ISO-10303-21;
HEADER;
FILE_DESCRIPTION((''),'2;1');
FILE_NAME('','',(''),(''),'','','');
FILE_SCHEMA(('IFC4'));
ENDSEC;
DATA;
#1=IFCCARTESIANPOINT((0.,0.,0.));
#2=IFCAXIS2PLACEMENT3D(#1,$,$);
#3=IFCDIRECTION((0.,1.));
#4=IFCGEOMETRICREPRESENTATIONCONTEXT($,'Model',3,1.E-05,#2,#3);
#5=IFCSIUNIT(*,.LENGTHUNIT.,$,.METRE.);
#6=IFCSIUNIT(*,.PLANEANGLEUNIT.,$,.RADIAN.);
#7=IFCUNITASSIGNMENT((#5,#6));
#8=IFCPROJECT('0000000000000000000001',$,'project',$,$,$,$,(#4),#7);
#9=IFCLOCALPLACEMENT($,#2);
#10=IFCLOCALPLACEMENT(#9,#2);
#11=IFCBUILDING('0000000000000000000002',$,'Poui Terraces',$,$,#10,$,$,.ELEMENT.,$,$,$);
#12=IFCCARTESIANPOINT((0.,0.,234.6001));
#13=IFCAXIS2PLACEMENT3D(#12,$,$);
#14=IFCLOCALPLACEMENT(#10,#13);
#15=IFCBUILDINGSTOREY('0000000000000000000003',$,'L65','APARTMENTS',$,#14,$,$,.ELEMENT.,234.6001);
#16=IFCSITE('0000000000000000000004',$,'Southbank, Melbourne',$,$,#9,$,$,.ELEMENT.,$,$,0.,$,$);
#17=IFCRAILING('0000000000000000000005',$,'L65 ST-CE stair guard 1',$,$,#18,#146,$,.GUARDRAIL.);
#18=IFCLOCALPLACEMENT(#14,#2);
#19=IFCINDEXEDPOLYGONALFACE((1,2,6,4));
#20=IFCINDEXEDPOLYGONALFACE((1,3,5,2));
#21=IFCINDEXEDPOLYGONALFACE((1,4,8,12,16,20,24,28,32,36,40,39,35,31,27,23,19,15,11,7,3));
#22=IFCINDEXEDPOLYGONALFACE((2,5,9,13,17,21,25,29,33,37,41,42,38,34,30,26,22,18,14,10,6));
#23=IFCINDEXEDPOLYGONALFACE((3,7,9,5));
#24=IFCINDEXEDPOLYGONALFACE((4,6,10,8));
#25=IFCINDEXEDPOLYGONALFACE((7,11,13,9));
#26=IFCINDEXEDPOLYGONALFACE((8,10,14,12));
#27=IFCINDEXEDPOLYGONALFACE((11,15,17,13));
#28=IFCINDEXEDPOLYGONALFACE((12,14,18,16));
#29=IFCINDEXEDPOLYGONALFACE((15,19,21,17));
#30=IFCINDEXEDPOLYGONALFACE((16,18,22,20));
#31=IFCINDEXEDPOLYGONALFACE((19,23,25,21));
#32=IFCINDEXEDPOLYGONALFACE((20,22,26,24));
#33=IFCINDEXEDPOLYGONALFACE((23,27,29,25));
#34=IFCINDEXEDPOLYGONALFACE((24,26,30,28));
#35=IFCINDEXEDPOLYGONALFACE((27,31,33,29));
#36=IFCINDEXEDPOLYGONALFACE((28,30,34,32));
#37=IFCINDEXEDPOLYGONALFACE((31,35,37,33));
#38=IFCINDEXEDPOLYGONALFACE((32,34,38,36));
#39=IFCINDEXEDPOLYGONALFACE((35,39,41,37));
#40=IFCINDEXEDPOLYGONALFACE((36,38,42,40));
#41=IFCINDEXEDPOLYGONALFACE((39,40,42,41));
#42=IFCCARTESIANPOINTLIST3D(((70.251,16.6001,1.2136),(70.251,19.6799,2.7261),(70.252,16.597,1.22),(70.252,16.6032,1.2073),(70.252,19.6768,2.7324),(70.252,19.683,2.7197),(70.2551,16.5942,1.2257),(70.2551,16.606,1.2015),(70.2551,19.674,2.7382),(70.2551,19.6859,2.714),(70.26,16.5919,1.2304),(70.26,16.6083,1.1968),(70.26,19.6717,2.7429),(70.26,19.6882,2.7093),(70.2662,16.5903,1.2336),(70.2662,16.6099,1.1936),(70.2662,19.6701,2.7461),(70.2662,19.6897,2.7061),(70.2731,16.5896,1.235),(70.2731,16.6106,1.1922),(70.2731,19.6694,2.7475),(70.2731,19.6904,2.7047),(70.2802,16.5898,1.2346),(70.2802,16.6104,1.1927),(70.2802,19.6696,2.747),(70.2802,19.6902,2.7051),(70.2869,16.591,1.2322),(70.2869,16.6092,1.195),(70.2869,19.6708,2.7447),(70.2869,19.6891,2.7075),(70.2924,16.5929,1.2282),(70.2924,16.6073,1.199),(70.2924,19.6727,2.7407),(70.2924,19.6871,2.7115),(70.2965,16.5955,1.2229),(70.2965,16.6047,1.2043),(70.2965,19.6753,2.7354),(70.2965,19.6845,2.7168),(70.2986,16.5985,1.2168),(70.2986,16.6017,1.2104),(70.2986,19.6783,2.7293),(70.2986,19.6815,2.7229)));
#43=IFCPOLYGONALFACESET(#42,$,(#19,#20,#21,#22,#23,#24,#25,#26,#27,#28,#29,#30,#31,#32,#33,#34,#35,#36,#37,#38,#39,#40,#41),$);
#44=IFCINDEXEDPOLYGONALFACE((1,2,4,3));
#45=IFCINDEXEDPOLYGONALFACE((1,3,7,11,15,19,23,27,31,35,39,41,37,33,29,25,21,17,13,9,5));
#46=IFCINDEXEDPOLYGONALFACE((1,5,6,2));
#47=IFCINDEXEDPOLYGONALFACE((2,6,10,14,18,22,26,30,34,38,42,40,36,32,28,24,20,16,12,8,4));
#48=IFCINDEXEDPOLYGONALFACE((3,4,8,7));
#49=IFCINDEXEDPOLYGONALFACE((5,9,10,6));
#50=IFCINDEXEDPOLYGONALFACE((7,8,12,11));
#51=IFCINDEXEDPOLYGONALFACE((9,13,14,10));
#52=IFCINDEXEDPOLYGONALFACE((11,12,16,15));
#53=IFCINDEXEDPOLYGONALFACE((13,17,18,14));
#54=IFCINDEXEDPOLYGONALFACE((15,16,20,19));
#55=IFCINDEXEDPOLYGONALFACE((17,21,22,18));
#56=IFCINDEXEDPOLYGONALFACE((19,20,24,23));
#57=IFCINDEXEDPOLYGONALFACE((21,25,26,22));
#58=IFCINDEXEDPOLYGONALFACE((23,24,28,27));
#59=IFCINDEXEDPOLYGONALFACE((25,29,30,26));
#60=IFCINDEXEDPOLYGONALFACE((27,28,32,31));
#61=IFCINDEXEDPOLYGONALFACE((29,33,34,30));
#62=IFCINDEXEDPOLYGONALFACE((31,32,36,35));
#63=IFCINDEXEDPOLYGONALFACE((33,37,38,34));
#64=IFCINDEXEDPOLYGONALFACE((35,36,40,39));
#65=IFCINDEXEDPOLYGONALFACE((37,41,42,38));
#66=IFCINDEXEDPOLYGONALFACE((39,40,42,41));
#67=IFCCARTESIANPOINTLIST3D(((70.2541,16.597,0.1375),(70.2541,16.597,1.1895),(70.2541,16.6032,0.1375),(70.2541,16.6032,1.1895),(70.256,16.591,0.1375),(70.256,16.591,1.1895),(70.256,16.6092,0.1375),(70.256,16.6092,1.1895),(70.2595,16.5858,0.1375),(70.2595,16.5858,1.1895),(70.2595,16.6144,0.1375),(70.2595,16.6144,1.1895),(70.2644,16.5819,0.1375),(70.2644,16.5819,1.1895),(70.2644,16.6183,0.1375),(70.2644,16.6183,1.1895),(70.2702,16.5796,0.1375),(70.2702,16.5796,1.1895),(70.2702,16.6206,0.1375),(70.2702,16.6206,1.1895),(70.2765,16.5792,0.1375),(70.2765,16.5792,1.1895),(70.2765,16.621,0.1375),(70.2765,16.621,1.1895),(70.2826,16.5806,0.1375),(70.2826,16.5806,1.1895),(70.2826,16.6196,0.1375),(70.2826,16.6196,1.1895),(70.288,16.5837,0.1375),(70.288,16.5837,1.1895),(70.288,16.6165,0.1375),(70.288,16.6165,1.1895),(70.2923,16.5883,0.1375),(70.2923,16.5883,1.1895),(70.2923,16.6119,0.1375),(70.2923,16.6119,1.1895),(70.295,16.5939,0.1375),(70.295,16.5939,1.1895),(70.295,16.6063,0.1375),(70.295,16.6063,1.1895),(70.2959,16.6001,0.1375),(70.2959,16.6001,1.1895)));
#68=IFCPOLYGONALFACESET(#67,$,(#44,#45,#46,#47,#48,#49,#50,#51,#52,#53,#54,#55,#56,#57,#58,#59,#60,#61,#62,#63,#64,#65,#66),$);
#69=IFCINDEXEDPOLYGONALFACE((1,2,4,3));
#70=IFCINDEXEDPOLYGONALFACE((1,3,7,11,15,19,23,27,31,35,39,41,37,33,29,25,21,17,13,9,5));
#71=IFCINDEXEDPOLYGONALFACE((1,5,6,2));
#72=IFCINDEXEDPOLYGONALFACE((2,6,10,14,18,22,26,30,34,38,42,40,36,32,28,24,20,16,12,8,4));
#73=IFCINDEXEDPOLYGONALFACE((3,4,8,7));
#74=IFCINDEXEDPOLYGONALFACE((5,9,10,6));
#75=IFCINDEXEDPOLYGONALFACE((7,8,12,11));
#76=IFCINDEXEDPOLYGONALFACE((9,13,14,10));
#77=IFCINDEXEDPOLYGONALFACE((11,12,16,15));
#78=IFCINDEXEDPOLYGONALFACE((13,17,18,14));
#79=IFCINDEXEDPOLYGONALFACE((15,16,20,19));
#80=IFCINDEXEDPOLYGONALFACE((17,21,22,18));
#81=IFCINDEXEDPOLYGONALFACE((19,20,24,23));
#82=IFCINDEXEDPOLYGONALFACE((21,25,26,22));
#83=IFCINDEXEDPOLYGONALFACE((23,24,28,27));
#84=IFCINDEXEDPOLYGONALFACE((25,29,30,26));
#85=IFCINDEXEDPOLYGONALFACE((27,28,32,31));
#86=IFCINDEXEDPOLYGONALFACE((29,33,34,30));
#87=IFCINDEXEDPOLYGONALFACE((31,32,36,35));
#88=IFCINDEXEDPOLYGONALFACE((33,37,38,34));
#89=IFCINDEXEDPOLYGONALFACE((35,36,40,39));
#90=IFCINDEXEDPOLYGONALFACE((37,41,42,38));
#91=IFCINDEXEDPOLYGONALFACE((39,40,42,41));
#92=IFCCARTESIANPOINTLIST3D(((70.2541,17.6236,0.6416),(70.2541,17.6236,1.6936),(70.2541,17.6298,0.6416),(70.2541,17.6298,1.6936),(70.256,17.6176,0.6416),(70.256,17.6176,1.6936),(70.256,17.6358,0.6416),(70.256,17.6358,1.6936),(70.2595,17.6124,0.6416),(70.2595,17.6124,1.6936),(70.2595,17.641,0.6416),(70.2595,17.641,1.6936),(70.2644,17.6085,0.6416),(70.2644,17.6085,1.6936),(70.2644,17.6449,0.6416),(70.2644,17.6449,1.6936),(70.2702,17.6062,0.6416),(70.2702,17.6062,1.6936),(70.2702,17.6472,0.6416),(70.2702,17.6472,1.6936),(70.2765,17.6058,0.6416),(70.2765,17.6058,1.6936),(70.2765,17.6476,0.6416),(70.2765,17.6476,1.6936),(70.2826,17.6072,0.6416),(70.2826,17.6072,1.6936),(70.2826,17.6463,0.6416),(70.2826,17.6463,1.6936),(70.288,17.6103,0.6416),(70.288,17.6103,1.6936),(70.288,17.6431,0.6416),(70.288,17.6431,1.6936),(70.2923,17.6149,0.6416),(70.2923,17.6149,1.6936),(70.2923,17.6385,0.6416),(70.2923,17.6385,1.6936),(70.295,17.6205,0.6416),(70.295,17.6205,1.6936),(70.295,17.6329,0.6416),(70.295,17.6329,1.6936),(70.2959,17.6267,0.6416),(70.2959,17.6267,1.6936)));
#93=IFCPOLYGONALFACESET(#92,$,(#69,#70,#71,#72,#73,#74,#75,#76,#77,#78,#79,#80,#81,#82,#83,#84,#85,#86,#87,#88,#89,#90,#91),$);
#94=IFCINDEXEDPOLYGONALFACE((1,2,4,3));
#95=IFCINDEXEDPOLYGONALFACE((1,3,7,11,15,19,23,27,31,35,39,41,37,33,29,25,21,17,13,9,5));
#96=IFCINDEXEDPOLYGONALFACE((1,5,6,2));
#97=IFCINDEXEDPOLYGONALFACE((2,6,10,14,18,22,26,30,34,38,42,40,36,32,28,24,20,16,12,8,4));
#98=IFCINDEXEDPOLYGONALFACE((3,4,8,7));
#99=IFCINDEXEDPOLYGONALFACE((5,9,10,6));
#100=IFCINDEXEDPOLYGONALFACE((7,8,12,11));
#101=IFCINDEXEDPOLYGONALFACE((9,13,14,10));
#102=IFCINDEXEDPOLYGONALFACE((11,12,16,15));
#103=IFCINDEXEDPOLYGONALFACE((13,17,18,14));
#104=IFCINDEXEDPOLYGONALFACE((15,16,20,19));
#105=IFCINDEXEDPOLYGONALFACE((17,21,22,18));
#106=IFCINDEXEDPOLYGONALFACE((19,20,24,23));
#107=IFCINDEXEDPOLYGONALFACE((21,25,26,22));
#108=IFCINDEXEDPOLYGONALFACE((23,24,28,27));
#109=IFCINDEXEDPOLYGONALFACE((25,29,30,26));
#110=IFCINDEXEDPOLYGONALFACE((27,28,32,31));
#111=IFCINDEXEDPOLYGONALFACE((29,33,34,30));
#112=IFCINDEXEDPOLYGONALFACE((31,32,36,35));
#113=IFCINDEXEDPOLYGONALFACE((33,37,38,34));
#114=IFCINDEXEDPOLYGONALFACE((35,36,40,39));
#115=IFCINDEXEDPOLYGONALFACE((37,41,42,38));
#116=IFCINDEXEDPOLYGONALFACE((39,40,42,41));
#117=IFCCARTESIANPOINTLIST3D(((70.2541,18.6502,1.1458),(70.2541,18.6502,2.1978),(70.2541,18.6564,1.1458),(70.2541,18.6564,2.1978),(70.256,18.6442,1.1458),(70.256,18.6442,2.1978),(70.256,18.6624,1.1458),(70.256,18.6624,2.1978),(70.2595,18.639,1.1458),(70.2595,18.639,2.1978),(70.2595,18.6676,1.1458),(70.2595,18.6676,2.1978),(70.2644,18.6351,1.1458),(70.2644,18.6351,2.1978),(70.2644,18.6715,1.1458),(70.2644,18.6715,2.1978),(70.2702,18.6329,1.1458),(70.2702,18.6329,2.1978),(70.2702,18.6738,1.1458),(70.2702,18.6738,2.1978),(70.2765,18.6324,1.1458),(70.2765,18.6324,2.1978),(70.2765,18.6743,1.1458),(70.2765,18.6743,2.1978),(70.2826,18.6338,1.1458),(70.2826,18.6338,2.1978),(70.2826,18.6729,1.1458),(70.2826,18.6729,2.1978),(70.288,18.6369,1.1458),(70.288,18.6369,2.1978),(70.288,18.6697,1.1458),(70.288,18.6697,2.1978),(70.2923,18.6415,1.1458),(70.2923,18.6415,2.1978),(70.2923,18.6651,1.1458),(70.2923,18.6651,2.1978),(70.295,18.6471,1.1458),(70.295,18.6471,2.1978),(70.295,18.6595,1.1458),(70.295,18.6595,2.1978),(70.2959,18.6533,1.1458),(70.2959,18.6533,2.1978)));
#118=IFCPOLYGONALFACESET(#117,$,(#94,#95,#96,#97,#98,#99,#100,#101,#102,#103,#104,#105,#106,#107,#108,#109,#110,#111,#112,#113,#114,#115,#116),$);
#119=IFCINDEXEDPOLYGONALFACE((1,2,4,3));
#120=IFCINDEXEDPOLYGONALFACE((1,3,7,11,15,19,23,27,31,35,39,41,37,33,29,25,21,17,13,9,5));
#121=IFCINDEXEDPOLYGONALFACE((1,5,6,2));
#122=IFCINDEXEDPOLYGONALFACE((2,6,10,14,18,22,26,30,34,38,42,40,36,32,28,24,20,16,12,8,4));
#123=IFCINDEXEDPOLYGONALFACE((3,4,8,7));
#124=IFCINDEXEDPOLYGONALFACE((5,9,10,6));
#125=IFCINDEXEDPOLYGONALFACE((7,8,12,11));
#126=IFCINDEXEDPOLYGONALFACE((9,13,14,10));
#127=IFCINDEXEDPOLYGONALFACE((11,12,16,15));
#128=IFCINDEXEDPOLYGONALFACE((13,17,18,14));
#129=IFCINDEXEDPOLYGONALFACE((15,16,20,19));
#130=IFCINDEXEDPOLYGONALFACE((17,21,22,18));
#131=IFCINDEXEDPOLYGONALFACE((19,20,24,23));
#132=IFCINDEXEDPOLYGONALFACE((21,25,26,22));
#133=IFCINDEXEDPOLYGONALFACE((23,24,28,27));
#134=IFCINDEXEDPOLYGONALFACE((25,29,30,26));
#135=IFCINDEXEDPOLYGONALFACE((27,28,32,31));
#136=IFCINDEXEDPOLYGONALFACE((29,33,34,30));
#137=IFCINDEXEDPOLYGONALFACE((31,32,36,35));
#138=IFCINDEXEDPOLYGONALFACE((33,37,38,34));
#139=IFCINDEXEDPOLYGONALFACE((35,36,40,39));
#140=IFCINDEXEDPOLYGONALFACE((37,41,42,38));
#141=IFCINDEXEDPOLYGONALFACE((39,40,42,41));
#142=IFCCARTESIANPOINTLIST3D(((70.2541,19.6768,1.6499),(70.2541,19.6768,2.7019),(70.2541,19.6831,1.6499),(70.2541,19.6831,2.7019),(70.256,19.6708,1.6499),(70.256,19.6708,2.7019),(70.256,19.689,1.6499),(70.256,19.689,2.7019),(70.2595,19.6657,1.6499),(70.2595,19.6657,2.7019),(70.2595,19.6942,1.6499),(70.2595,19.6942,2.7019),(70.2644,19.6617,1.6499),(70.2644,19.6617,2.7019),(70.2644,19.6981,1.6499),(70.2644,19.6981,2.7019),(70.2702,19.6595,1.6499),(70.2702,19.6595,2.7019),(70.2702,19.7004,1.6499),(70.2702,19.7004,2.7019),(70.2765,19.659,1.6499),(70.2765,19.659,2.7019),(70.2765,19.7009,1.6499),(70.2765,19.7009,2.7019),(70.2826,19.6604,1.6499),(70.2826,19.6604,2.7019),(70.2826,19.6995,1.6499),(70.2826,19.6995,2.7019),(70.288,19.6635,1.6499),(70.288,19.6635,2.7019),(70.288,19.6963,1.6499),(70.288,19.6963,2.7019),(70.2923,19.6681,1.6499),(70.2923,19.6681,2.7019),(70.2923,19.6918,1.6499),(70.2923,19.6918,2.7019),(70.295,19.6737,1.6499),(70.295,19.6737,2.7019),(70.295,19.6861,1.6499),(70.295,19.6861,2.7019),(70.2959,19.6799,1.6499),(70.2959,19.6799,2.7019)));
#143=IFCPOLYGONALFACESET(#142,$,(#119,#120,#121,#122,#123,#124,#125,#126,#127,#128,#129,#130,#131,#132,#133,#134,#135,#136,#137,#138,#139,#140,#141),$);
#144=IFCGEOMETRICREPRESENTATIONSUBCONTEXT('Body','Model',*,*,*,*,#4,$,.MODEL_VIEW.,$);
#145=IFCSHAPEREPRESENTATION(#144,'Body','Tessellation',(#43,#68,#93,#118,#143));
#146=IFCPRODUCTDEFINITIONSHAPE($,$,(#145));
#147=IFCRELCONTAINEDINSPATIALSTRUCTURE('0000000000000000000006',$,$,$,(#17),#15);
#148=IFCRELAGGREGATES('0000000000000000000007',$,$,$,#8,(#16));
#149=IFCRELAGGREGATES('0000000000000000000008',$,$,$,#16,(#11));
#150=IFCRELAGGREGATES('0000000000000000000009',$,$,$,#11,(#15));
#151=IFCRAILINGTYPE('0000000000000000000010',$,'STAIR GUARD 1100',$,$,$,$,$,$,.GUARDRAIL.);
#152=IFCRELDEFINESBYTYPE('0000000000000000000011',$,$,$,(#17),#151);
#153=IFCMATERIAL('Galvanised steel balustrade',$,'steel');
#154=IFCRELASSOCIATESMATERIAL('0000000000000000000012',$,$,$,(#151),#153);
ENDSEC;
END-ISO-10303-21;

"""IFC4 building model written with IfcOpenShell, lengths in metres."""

from ifc_helpers import new_model, si_unit, direction, frame, origin, origin_2d, place, context, subcontext, project, spatial, circle, extrude, material, type_object, element, save


model = new_model("IFC4")

# Units and contexts
model_context = context("Model", 3, precision=1e-05, world=origin(), true_north=direction((0.0, 1.0)))
body_context = subcontext(model_context, "Body", "Model", "MODEL_VIEW")
ifc_project = project(units=[si_unit("LENGTHUNIT", "METRE"), si_unit("PLANEANGLEUNIT", "RADIAN")], contexts=[model_context])

# Site, building, storey
site_placement = place(None, origin())
site = spatial("IfcSite", under=ifc_project, at=site_placement, Name="Southbank, Melbourne", CompositionType="ELEMENT", RefElevation=0.0)
building_placement = place(site_placement, origin())
building = spatial("IfcBuilding", under=site, at=building_placement, Name="Poui Terraces", CompositionType="ELEMENT")
storey_placement = place(building_placement, frame((0.0, 0.0, 234.6001)))
storey = spatial("IfcBuildingStorey", under=building, at=storey_placement, Name="L65", Description="APARTMENTS", CompositionType="ELEMENT", Elevation=234.6001)

# Railing
ifc_material_1 = material(Name="Galvanised steel balustrade", Category="steel")
railing_type_1 = type_object("IfcRailingType", Name="STAIR GUARD 1100", PredefinedType="GUARDRAIL", material=ifc_material_1)
railing_1_placement = place(storey_placement, frame((70.2749, 16.6001, 0.1375)))
element("IfcRailing", 1, at=railing_1_placement, inside=storey, type_object=railing_type_1, Name="L65 ST-CE stair guard 1", PredefinedType="GUARDRAIL", context=body_context, shape_type="SweptSolid", body=[
    extrude(circle(Radius=0.0239, at=origin_2d()), frame((0.0, 0.0, 1.0762), z_axis=(0.0, 0.897606, 0.440798), x_axis=(-1.0, 0.0, 0.0)), (0.0, 0.0, 1.0), 3.4312),
    extrude(circle(Radius=0.021, at=origin_2d()), origin(), (0.0, 0.0, 1.0), 1.052),
    extrude(circle(Radius=0.021, at=origin_2d()), frame((0.0, 1.0266, 0.5042)), (0.0, 0.0, 1.0), 1.052),
    extrude(circle(Radius=0.021, at=origin_2d()), frame((0.0, 2.0532, 1.0083)), (0.0, 0.0, 1.0), 1.052),
    extrude(circle(Radius=0.021, at=origin_2d()), frame((0.0, 3.0798, 1.5125)), (0.0, 0.0, 1.0), 1.052),
])

save(model, "model.ifc")
